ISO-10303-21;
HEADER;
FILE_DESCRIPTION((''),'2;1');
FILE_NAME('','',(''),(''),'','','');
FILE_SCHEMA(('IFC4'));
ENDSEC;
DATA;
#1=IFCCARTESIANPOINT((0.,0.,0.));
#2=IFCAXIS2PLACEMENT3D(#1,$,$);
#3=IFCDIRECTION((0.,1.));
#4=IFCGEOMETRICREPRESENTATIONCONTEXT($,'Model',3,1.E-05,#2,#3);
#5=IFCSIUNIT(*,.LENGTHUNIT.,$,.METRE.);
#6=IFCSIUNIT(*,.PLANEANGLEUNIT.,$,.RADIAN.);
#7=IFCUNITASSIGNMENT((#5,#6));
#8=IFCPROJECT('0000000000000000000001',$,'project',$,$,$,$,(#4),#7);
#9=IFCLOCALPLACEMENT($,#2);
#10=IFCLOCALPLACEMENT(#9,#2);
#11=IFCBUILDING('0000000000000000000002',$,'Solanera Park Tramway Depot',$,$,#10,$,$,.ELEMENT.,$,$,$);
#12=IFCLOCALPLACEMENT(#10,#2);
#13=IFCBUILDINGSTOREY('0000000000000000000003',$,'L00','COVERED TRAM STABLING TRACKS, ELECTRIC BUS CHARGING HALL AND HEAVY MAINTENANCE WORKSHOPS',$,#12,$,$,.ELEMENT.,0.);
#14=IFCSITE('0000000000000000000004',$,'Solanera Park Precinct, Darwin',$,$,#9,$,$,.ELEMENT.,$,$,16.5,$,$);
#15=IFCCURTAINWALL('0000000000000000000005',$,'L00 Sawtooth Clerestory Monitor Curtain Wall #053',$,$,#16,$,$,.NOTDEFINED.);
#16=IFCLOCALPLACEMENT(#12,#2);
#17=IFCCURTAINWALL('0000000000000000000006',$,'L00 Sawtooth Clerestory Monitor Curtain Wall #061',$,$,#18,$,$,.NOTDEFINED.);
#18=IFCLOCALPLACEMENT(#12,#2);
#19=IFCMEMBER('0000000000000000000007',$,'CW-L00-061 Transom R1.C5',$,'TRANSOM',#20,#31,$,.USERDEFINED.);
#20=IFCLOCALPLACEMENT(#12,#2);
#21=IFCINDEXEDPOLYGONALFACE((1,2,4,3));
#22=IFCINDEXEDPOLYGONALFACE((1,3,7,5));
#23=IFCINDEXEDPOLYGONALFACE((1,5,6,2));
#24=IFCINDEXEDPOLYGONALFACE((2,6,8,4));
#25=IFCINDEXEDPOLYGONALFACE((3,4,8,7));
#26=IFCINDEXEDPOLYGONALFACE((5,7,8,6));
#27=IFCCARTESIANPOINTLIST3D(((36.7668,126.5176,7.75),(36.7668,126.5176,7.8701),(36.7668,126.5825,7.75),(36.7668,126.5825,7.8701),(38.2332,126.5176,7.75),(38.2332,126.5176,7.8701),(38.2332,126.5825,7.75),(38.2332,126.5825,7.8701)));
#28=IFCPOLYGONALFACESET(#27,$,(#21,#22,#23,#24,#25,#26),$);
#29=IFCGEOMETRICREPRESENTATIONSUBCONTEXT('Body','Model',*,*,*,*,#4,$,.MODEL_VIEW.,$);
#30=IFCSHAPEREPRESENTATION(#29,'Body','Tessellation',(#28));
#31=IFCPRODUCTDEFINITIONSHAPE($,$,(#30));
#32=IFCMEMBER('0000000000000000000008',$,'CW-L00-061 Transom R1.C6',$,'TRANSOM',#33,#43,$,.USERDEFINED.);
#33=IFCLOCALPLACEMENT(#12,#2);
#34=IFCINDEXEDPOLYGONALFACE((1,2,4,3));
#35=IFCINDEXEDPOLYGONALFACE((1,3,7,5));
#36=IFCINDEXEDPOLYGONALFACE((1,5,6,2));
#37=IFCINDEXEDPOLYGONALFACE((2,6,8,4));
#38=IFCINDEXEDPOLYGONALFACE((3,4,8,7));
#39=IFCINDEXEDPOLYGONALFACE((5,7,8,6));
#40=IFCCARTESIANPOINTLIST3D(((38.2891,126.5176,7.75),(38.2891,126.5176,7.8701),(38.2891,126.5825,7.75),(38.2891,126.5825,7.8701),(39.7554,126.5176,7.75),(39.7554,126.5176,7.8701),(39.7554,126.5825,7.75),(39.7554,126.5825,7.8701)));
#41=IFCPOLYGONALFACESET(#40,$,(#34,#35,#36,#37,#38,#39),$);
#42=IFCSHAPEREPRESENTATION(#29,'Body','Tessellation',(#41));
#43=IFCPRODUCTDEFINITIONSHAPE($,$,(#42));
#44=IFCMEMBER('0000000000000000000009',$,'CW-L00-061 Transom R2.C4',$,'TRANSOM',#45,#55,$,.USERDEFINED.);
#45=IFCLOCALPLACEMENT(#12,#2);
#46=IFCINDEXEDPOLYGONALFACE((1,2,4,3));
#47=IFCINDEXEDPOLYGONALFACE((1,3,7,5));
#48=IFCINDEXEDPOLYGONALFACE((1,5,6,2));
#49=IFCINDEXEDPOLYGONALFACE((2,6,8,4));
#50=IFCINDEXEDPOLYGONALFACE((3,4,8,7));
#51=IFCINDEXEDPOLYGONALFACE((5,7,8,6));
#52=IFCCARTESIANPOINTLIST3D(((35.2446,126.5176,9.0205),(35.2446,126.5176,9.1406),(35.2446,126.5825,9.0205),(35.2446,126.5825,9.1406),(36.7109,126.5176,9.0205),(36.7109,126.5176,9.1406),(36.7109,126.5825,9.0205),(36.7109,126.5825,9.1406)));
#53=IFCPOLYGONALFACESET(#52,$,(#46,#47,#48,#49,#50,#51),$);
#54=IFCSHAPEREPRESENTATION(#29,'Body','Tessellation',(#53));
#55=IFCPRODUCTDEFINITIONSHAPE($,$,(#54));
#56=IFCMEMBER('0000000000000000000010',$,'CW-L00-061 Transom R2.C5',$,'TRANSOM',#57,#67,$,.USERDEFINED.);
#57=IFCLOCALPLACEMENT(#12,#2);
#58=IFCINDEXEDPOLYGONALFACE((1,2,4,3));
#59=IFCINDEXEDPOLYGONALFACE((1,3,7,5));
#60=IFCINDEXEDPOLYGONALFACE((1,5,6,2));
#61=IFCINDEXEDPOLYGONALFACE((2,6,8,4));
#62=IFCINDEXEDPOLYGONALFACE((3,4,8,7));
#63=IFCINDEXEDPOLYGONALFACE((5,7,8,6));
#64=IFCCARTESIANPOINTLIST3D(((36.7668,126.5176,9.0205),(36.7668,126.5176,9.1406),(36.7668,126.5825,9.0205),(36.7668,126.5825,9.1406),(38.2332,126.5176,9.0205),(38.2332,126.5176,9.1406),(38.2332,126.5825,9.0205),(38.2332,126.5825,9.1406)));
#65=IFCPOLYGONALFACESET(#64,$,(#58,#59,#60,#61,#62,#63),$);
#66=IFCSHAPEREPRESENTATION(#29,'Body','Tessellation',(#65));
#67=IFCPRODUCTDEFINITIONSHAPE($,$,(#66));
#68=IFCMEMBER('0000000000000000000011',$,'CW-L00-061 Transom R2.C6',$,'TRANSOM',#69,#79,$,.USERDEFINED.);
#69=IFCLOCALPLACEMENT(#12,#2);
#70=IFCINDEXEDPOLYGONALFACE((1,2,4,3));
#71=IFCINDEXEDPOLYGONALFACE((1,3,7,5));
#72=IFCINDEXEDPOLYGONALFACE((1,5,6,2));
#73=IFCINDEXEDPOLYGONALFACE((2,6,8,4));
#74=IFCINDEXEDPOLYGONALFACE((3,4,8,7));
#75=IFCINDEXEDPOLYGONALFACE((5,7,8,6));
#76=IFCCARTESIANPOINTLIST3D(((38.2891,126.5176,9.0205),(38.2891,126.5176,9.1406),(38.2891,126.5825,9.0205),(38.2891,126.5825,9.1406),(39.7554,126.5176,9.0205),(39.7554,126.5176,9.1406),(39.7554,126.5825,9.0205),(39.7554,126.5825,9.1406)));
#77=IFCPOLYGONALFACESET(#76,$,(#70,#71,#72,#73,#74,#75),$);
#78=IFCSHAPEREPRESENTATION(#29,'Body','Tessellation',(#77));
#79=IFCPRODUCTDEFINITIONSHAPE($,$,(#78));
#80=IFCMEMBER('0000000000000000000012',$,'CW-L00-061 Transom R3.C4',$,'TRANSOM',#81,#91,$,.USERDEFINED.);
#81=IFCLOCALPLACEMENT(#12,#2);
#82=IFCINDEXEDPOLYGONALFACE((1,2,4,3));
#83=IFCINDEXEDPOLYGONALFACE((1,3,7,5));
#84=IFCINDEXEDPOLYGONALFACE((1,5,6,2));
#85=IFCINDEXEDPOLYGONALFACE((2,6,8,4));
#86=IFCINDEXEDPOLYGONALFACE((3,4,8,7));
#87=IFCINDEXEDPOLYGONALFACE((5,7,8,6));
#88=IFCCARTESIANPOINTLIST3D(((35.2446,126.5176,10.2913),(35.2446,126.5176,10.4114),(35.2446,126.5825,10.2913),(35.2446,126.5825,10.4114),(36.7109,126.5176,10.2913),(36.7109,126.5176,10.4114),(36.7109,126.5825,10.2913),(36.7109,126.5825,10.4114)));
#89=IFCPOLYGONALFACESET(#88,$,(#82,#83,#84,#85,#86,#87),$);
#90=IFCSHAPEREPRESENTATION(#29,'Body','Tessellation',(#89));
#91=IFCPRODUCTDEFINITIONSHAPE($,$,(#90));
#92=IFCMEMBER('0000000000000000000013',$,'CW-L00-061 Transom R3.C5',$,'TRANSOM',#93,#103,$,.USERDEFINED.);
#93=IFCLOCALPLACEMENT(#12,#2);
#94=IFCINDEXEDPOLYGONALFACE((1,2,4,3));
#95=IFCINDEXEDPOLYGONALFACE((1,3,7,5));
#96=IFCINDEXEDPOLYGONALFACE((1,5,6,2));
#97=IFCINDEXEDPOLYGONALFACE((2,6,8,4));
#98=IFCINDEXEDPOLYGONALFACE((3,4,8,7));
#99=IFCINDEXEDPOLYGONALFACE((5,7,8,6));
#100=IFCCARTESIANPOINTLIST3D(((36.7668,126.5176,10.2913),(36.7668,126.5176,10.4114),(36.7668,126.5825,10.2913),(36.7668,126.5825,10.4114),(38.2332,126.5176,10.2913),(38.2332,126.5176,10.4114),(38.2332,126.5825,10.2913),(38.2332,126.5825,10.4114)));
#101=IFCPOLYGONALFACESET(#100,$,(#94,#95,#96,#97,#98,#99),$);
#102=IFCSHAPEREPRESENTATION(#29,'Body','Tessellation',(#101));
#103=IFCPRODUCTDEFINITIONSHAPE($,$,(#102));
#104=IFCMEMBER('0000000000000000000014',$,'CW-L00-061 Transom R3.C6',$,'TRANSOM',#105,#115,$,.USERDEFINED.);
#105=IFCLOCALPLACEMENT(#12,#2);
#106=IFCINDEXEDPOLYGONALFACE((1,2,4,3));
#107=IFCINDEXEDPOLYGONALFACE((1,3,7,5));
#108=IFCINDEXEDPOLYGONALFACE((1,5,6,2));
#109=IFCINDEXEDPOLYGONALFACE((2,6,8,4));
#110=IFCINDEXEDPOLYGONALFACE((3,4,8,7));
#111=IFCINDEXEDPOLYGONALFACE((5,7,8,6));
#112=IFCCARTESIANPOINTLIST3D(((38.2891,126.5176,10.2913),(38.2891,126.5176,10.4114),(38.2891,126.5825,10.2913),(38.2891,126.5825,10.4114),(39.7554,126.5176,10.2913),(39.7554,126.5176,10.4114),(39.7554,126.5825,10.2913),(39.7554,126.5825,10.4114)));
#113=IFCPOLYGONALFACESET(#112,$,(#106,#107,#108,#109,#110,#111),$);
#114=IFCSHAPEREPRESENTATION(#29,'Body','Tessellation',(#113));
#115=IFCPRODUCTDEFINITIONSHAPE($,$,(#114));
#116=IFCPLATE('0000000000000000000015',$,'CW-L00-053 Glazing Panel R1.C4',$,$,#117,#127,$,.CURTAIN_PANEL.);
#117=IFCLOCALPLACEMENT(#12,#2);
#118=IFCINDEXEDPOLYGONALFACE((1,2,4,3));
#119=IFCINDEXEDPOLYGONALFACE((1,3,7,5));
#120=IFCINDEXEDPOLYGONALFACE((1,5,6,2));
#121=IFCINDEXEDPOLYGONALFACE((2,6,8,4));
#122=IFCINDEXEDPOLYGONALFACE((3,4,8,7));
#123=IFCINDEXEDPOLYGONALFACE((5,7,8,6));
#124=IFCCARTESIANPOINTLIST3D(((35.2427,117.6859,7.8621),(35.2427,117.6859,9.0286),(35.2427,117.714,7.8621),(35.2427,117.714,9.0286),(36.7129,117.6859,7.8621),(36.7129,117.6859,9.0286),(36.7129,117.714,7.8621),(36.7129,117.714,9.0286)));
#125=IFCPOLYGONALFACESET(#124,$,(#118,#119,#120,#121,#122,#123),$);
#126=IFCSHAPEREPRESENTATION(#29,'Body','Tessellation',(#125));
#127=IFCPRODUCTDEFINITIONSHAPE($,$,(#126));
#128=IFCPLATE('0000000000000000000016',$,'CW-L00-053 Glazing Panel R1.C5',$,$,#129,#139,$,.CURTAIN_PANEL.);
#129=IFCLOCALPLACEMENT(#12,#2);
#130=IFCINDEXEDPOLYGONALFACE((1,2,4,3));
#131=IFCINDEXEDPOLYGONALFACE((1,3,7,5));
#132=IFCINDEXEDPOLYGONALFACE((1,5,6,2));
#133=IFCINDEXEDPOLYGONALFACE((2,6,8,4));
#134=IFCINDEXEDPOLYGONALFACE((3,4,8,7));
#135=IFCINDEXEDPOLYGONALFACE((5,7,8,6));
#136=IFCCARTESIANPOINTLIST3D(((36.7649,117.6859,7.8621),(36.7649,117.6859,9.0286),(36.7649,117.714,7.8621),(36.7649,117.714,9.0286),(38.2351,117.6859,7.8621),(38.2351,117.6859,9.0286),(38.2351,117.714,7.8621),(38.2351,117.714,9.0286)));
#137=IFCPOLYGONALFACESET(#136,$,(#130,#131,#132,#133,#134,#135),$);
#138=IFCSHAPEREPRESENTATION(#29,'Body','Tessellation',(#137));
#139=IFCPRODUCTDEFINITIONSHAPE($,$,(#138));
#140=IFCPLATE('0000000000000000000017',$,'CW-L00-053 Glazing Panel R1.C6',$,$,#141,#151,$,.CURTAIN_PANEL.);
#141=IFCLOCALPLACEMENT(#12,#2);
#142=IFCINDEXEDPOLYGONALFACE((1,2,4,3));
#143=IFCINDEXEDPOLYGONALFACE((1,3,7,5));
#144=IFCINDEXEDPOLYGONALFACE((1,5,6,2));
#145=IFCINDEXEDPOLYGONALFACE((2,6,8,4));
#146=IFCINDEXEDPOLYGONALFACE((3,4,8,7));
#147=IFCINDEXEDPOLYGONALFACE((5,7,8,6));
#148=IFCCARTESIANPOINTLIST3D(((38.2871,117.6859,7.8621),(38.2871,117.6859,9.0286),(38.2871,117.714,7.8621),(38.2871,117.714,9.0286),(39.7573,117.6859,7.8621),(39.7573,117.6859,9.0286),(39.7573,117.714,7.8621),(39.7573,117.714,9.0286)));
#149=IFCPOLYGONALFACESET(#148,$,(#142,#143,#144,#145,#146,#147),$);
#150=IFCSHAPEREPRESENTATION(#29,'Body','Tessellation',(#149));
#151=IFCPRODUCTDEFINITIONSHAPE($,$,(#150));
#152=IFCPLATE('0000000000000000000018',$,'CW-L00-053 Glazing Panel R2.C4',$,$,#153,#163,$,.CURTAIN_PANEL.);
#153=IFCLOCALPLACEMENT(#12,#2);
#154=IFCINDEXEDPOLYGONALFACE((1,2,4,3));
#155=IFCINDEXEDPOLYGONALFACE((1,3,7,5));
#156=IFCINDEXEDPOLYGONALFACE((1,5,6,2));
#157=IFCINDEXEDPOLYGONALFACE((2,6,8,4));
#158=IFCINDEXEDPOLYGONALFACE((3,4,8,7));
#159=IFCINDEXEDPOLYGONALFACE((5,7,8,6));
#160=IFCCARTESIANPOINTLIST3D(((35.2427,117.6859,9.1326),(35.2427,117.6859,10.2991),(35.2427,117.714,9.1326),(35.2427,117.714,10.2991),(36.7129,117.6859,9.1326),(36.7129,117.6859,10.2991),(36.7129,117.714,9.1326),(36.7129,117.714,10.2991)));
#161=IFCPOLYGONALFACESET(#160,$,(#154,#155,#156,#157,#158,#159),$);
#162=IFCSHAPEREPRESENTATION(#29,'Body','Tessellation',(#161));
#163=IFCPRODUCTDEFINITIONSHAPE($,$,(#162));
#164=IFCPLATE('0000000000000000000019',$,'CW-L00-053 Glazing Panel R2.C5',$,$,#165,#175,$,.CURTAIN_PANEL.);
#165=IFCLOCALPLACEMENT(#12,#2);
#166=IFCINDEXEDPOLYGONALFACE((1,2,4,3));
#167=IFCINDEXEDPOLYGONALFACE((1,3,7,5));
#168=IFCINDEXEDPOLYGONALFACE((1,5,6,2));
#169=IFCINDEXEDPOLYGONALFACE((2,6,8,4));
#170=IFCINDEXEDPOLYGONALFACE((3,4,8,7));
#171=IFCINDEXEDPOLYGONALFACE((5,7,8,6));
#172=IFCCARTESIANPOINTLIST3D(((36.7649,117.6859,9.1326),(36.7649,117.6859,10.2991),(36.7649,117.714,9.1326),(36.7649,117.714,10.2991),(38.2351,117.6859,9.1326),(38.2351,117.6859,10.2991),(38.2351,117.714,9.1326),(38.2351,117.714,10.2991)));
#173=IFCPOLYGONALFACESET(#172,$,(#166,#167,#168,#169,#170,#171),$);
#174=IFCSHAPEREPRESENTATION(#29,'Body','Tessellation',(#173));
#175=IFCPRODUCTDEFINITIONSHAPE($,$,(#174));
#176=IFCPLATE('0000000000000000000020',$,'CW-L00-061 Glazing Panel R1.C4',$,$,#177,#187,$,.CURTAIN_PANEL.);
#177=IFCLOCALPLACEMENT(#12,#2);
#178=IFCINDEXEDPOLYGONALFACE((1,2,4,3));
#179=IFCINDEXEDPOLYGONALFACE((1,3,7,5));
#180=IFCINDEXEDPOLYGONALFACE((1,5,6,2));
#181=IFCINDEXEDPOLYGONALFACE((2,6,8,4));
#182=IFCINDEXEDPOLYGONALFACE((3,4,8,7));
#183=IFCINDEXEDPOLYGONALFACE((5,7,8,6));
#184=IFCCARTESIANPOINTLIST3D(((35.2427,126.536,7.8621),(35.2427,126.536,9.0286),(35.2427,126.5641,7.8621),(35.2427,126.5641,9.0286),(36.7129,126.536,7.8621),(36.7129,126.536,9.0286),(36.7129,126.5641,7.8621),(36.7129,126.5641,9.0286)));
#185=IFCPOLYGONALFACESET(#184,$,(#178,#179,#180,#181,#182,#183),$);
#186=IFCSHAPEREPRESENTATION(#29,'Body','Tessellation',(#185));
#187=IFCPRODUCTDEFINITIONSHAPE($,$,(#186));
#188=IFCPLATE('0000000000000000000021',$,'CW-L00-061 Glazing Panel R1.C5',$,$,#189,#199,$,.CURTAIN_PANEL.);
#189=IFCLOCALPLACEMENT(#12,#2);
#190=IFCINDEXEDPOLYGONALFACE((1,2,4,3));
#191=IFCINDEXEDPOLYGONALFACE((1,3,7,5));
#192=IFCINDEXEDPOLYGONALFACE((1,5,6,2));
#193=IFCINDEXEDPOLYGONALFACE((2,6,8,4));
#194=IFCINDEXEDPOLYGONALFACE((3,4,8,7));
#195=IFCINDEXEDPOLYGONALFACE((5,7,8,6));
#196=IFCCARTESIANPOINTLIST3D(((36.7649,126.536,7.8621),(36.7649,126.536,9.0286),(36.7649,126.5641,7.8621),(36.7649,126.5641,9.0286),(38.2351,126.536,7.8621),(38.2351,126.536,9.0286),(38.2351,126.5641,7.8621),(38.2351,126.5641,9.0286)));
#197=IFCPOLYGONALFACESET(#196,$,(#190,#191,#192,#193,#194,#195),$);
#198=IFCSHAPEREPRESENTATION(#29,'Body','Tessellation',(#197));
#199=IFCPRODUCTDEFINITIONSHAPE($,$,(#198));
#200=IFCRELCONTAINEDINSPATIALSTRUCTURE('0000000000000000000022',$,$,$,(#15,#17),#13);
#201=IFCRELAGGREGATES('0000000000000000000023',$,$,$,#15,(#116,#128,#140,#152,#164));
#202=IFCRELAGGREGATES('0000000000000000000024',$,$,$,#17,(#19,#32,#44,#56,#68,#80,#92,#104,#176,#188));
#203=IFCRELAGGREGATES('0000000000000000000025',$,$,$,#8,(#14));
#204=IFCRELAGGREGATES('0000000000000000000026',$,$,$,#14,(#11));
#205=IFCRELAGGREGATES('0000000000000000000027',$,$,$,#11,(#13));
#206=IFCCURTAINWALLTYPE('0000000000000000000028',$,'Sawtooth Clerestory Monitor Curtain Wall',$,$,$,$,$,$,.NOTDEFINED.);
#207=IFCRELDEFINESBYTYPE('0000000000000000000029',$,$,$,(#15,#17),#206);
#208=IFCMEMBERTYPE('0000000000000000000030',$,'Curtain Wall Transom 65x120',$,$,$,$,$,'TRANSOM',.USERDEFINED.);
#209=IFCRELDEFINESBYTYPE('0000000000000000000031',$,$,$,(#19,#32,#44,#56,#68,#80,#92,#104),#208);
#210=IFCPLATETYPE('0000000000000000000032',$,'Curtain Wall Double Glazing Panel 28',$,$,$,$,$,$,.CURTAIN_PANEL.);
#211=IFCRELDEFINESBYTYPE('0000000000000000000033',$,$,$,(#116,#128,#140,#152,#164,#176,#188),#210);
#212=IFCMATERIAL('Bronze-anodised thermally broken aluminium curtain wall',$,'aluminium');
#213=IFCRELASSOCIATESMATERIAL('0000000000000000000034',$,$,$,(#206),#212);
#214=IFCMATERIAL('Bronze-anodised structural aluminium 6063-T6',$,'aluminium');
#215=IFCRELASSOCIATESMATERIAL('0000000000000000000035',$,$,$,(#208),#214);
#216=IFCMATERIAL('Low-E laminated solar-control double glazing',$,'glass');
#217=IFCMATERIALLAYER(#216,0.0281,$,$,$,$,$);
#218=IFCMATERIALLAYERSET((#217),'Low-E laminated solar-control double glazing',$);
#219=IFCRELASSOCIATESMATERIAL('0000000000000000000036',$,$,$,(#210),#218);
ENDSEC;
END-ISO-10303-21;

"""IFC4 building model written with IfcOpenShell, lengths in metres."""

from ifc_helpers import new_model, si_unit, direction, frame, origin, origin_2d, place, context, subcontext, project, spatial, rectangle, extrude, material, layer, layer_set, material_profile, profile_set, type_object, element, aggregate, save


model = new_model("IFC4")

# Units and contexts
model_context = context("Model", 3, precision=1e-05, world=origin(), true_north=direction((0.0, 1.0)))
body_context = subcontext(model_context, "Body", "Model", "MODEL_VIEW")
ifc_project = project(units=[si_unit("LENGTHUNIT", "METRE"), si_unit("PLANEANGLEUNIT", "RADIAN")], contexts=[model_context])

# Site, building, storey
site_placement = place(None, origin())
site = spatial("IfcSite", under=ifc_project, at=site_placement, Name="Solanera Park Precinct, Darwin", CompositionType="ELEMENT", RefElevation=16.5)
building_placement = place(site_placement, origin())
building = spatial("IfcBuilding", under=site, at=building_placement, Name="Solanera Park Tramway Depot", CompositionType="ELEMENT")
storey_placement = place(building_placement, origin())
storey = spatial("IfcBuildingStorey", under=building, at=storey_placement, Name="L00", Description="COVERED TRAM STABLING TRACKS, ELECTRIC BUS CHARGING HALL AND HEAVY MAINTENANCE WORKSHOPS", CompositionType="ELEMENT", Elevation=0.0)

# Curtain walls
ifc_material_1 = material(Name="Bronze-anodised thermally broken aluminium curtain wall", Category="aluminium")
curtain_wall_type = type_object("IfcCurtainWallType", Name="Sawtooth Clerestory Monitor Curtain Wall", PredefinedType="NOTDEFINED", material=ifc_material_1)
curtain_wall_1_placement = place(storey_placement, origin())
curtain_wall_1 = element("IfcCurtainWall", 1, at=curtain_wall_1_placement, inside=storey, type_object=curtain_wall_type, Name="L00 Sawtooth Clerestory Monitor Curtain Wall #053", PredefinedType="NOTDEFINED")
curtain_wall_2_placement = place(storey_placement, origin())
curtain_wall_2 = element("IfcCurtainWall", 2, at=curtain_wall_2_placement, inside=storey, type_object=curtain_wall_type, Name="L00 Sawtooth Clerestory Monitor Curtain Wall #061", PredefinedType="NOTDEFINED")

# Members
ifc_material_2 = material(Name="Bronze-anodised structural aluminium 6063-T6", Category="aluminium")
ifc_material_profile_1 = material_profile(ifc_material_2, rectangle(XDim=0.0649, YDim=0.1201, at=origin_2d()), Name="Curtain Wall Transom 65x120")
ifc_profile_set_1 = profile_set([ifc_material_profile_1], Name="Bronze-anodised structural aluminium 6063-T6")
member_type_1 = type_object("IfcMemberType", Name="Curtain Wall Transom 65x120", ElementType="TRANSOM", PredefinedType="USERDEFINED", material=ifc_profile_set_1)
member_1_placement = place(storey_placement, frame((36.7668, 126.55, 7.8101), z_axis=(1.0, 0.0, 0.0), x_axis=(0.0, 1.0, 0.0)))
member_1 = element("IfcMember", 3, at=member_1_placement, type_object=member_type_1, Name="CW-L00-061 Transom R1.C5", ObjectType="TRANSOM", PredefinedType="USERDEFINED", context=body_context, shape_type="SweptSolid", body=[
    extrude(rectangle(XDim=0.0649, YDim=0.1201, at=origin_2d()), origin(), (0.0, 0.0, 1.0), 1.4663),
])
member_2_placement = place(storey_placement, frame((38.2891, 126.55, 7.8101), z_axis=(1.0, 0.0, 0.0), x_axis=(0.0, 1.0, 0.0)))
member_2 = element("IfcMember", 4, at=member_2_placement, type_object=member_type_1, Name="CW-L00-061 Transom R1.C6", ObjectType="TRANSOM", PredefinedType="USERDEFINED", context=body_context, shape_type="SweptSolid", body=[
    extrude(rectangle(XDim=0.0649, YDim=0.1201, at=origin_2d()), origin(), (0.0, 0.0, 1.0), 1.4663),
])
member_3_placement = place(storey_placement, frame((35.2446, 126.55, 9.0806), z_axis=(1.0, 0.0, 0.0), x_axis=(0.0, 1.0, 0.0)))
member_3 = element("IfcMember", 5, at=member_3_placement, type_object=member_type_1, Name="CW-L00-061 Transom R2.C4", ObjectType="TRANSOM", PredefinedType="USERDEFINED", context=body_context, shape_type="SweptSolid", body=[
    extrude(rectangle(XDim=0.0649, YDim=0.1201, at=origin_2d()), origin(), (0.0, 0.0, 1.0), 1.4663),
])
member_4_placement = place(storey_placement, frame((36.7668, 126.55, 9.0806), z_axis=(1.0, 0.0, 0.0), x_axis=(0.0, 1.0, 0.0)))
member_4 = element("IfcMember", 6, at=member_4_placement, type_object=member_type_1, Name="CW-L00-061 Transom R2.C5", ObjectType="TRANSOM", PredefinedType="USERDEFINED", context=body_context, shape_type="SweptSolid", body=[
    extrude(rectangle(XDim=0.0649, YDim=0.1201, at=origin_2d()), origin(), (0.0, 0.0, 1.0), 1.4663),
])
member_5_placement = place(storey_placement, frame((38.2891, 126.55, 9.0806), z_axis=(1.0, 0.0, 0.0), x_axis=(0.0, 1.0, 0.0)))
member_5 = element("IfcMember", 7, at=member_5_placement, type_object=member_type_1, Name="CW-L00-061 Transom R2.C6", ObjectType="TRANSOM", PredefinedType="USERDEFINED", context=body_context, shape_type="SweptSolid", body=[
    extrude(rectangle(XDim=0.0649, YDim=0.1201, at=origin_2d()), origin(), (0.0, 0.0, 1.0), 1.4663),
])
member_6_placement = place(storey_placement, frame((35.2446, 126.55, 10.3513), z_axis=(1.0, 0.0, 0.0), x_axis=(0.0, 1.0, 0.0)))
member_6 = element("IfcMember", 8, at=member_6_placement, type_object=member_type_1, Name="CW-L00-061 Transom R3.C4", ObjectType="TRANSOM", PredefinedType="USERDEFINED", context=body_context, shape_type="SweptSolid", body=[
    extrude(rectangle(XDim=0.0649, YDim=0.1201, at=origin_2d()), origin(), (0.0, 0.0, 1.0), 1.4663),
])
member_7_placement = place(storey_placement, frame((36.7668, 126.55, 10.3513), z_axis=(1.0, 0.0, 0.0), x_axis=(0.0, 1.0, 0.0)))
member_7 = element("IfcMember", 9, at=member_7_placement, type_object=member_type_1, Name="CW-L00-061 Transom R3.C5", ObjectType="TRANSOM", PredefinedType="USERDEFINED", context=body_context, shape_type="SweptSolid", body=[
    extrude(rectangle(XDim=0.0649, YDim=0.1201, at=origin_2d()), origin(), (0.0, 0.0, 1.0), 1.4663),
])
member_8_placement = place(storey_placement, frame((38.2891, 126.55, 10.3513), z_axis=(1.0, 0.0, 0.0), x_axis=(0.0, 1.0, 0.0)))
member_8 = element("IfcMember", 10, at=member_8_placement, type_object=member_type_1, Name="CW-L00-061 Transom R3.C6", ObjectType="TRANSOM", PredefinedType="USERDEFINED", context=body_context, shape_type="SweptSolid", body=[
    extrude(rectangle(XDim=0.0649, YDim=0.1201, at=origin_2d()), origin(), (0.0, 0.0, 1.0), 1.4663),
])

# Plates
ifc_material_3 = material(Name="Low-E laminated solar-control double glazing", Category="glass")
ifc_layer = layer(ifc_material_3, 0.0281)
ifc_layer_set = layer_set([ifc_layer], Name="Low-E laminated solar-control double glazing")
plate_type = type_object("IfcPlateType", Name="Curtain Wall Double Glazing Panel 28", PredefinedType="CURTAIN_PANEL", material=ifc_layer_set)
plate_1_placement = place(storey_placement, frame((35.9778, 117.7, 7.8621), z_axis=(0.0, 0.0, 1.0), x_axis=(1.0, 0.0, 0.0)))
plate_1 = element("IfcPlate", 11, at=plate_1_placement, type_object=plate_type, Name="CW-L00-053 Glazing Panel R1.C4", PredefinedType="CURTAIN_PANEL", context=body_context, shape_type="SweptSolid", body=[
    extrude(rectangle(XDim=1.4702, YDim=0.0281, at=origin_2d()), origin(), (0.0, 0.0, 1.0), 1.1665),
])
plate_2_placement = place(storey_placement, frame((37.5, 117.7, 7.8621), z_axis=(0.0, 0.0, 1.0), x_axis=(1.0, 0.0, 0.0)))
plate_2 = element("IfcPlate", 12, at=plate_2_placement, type_object=plate_type, Name="CW-L00-053 Glazing Panel R1.C5", PredefinedType="CURTAIN_PANEL", context=body_context, shape_type="SweptSolid", body=[
    extrude(rectangle(XDim=1.4702, YDim=0.0281, at=origin_2d()), origin(), (0.0, 0.0, 1.0), 1.1665),
])
plate_3_placement = place(storey_placement, frame((39.0222, 117.7, 7.8621), z_axis=(0.0, 0.0, 1.0), x_axis=(1.0, 0.0, 0.0)))
plate_3 = element("IfcPlate", 13, at=plate_3_placement, type_object=plate_type, Name="CW-L00-053 Glazing Panel R1.C6", PredefinedType="CURTAIN_PANEL", context=body_context, shape_type="SweptSolid", body=[
    extrude(rectangle(XDim=1.4702, YDim=0.0281, at=origin_2d()), origin(), (0.0, 0.0, 1.0), 1.1665),
])
plate_4_placement = place(storey_placement, frame((35.9778, 117.7, 9.1326), z_axis=(0.0, 0.0, 1.0), x_axis=(1.0, 0.0, 0.0)))
plate_4 = element("IfcPlate", 14, at=plate_4_placement, type_object=plate_type, Name="CW-L00-053 Glazing Panel R2.C4", PredefinedType="CURTAIN_PANEL", context=body_context, shape_type="SweptSolid", body=[
    extrude(rectangle(XDim=1.4702, YDim=0.0281, at=origin_2d()), origin(), (0.0, 0.0, 1.0), 1.1665),
])
plate_5_placement = place(storey_placement, frame((37.5, 117.7, 9.1326), z_axis=(0.0, 0.0, 1.0), x_axis=(1.0, 0.0, 0.0)))
plate_5 = element("IfcPlate", 15, at=plate_5_placement, type_object=plate_type, Name="CW-L00-053 Glazing Panel R2.C5", PredefinedType="CURTAIN_PANEL", context=body_context, shape_type="SweptSolid", body=[
    extrude(rectangle(XDim=1.4702, YDim=0.0281, at=origin_2d()), origin(), (0.0, 0.0, 1.0), 1.1665),
])
aggregate(curtain_wall_1, [plate_1, plate_2, plate_3, plate_4, plate_5])
plate_6_placement = place(storey_placement, frame((35.9778, 126.55, 7.8621), z_axis=(0.0, 0.0, 1.0), x_axis=(1.0, 0.0, 0.0)))
plate_6 = element("IfcPlate", 16, at=plate_6_placement, type_object=plate_type, Name="CW-L00-061 Glazing Panel R1.C4", PredefinedType="CURTAIN_PANEL", context=body_context, shape_type="SweptSolid", body=[
    extrude(rectangle(XDim=1.4702, YDim=0.0281, at=origin_2d()), origin(), (0.0, 0.0, 1.0), 1.1665),
])
plate_7_placement = place(storey_placement, frame((37.5, 126.55, 7.8621), z_axis=(0.0, 0.0, 1.0), x_axis=(1.0, 0.0, 0.0)))
plate_7 = element("IfcPlate", 17, at=plate_7_placement, type_object=plate_type, Name="CW-L00-061 Glazing Panel R1.C5", PredefinedType="CURTAIN_PANEL", context=body_context, shape_type="SweptSolid", body=[
    extrude(rectangle(XDim=1.4702, YDim=0.0281, at=origin_2d()), origin(), (0.0, 0.0, 1.0), 1.1665),
])
aggregate(curtain_wall_2, [member_1, member_2, member_3, member_4, member_5, member_6, member_7, member_8, plate_6, plate_7])

save(model, "model.ifc")
